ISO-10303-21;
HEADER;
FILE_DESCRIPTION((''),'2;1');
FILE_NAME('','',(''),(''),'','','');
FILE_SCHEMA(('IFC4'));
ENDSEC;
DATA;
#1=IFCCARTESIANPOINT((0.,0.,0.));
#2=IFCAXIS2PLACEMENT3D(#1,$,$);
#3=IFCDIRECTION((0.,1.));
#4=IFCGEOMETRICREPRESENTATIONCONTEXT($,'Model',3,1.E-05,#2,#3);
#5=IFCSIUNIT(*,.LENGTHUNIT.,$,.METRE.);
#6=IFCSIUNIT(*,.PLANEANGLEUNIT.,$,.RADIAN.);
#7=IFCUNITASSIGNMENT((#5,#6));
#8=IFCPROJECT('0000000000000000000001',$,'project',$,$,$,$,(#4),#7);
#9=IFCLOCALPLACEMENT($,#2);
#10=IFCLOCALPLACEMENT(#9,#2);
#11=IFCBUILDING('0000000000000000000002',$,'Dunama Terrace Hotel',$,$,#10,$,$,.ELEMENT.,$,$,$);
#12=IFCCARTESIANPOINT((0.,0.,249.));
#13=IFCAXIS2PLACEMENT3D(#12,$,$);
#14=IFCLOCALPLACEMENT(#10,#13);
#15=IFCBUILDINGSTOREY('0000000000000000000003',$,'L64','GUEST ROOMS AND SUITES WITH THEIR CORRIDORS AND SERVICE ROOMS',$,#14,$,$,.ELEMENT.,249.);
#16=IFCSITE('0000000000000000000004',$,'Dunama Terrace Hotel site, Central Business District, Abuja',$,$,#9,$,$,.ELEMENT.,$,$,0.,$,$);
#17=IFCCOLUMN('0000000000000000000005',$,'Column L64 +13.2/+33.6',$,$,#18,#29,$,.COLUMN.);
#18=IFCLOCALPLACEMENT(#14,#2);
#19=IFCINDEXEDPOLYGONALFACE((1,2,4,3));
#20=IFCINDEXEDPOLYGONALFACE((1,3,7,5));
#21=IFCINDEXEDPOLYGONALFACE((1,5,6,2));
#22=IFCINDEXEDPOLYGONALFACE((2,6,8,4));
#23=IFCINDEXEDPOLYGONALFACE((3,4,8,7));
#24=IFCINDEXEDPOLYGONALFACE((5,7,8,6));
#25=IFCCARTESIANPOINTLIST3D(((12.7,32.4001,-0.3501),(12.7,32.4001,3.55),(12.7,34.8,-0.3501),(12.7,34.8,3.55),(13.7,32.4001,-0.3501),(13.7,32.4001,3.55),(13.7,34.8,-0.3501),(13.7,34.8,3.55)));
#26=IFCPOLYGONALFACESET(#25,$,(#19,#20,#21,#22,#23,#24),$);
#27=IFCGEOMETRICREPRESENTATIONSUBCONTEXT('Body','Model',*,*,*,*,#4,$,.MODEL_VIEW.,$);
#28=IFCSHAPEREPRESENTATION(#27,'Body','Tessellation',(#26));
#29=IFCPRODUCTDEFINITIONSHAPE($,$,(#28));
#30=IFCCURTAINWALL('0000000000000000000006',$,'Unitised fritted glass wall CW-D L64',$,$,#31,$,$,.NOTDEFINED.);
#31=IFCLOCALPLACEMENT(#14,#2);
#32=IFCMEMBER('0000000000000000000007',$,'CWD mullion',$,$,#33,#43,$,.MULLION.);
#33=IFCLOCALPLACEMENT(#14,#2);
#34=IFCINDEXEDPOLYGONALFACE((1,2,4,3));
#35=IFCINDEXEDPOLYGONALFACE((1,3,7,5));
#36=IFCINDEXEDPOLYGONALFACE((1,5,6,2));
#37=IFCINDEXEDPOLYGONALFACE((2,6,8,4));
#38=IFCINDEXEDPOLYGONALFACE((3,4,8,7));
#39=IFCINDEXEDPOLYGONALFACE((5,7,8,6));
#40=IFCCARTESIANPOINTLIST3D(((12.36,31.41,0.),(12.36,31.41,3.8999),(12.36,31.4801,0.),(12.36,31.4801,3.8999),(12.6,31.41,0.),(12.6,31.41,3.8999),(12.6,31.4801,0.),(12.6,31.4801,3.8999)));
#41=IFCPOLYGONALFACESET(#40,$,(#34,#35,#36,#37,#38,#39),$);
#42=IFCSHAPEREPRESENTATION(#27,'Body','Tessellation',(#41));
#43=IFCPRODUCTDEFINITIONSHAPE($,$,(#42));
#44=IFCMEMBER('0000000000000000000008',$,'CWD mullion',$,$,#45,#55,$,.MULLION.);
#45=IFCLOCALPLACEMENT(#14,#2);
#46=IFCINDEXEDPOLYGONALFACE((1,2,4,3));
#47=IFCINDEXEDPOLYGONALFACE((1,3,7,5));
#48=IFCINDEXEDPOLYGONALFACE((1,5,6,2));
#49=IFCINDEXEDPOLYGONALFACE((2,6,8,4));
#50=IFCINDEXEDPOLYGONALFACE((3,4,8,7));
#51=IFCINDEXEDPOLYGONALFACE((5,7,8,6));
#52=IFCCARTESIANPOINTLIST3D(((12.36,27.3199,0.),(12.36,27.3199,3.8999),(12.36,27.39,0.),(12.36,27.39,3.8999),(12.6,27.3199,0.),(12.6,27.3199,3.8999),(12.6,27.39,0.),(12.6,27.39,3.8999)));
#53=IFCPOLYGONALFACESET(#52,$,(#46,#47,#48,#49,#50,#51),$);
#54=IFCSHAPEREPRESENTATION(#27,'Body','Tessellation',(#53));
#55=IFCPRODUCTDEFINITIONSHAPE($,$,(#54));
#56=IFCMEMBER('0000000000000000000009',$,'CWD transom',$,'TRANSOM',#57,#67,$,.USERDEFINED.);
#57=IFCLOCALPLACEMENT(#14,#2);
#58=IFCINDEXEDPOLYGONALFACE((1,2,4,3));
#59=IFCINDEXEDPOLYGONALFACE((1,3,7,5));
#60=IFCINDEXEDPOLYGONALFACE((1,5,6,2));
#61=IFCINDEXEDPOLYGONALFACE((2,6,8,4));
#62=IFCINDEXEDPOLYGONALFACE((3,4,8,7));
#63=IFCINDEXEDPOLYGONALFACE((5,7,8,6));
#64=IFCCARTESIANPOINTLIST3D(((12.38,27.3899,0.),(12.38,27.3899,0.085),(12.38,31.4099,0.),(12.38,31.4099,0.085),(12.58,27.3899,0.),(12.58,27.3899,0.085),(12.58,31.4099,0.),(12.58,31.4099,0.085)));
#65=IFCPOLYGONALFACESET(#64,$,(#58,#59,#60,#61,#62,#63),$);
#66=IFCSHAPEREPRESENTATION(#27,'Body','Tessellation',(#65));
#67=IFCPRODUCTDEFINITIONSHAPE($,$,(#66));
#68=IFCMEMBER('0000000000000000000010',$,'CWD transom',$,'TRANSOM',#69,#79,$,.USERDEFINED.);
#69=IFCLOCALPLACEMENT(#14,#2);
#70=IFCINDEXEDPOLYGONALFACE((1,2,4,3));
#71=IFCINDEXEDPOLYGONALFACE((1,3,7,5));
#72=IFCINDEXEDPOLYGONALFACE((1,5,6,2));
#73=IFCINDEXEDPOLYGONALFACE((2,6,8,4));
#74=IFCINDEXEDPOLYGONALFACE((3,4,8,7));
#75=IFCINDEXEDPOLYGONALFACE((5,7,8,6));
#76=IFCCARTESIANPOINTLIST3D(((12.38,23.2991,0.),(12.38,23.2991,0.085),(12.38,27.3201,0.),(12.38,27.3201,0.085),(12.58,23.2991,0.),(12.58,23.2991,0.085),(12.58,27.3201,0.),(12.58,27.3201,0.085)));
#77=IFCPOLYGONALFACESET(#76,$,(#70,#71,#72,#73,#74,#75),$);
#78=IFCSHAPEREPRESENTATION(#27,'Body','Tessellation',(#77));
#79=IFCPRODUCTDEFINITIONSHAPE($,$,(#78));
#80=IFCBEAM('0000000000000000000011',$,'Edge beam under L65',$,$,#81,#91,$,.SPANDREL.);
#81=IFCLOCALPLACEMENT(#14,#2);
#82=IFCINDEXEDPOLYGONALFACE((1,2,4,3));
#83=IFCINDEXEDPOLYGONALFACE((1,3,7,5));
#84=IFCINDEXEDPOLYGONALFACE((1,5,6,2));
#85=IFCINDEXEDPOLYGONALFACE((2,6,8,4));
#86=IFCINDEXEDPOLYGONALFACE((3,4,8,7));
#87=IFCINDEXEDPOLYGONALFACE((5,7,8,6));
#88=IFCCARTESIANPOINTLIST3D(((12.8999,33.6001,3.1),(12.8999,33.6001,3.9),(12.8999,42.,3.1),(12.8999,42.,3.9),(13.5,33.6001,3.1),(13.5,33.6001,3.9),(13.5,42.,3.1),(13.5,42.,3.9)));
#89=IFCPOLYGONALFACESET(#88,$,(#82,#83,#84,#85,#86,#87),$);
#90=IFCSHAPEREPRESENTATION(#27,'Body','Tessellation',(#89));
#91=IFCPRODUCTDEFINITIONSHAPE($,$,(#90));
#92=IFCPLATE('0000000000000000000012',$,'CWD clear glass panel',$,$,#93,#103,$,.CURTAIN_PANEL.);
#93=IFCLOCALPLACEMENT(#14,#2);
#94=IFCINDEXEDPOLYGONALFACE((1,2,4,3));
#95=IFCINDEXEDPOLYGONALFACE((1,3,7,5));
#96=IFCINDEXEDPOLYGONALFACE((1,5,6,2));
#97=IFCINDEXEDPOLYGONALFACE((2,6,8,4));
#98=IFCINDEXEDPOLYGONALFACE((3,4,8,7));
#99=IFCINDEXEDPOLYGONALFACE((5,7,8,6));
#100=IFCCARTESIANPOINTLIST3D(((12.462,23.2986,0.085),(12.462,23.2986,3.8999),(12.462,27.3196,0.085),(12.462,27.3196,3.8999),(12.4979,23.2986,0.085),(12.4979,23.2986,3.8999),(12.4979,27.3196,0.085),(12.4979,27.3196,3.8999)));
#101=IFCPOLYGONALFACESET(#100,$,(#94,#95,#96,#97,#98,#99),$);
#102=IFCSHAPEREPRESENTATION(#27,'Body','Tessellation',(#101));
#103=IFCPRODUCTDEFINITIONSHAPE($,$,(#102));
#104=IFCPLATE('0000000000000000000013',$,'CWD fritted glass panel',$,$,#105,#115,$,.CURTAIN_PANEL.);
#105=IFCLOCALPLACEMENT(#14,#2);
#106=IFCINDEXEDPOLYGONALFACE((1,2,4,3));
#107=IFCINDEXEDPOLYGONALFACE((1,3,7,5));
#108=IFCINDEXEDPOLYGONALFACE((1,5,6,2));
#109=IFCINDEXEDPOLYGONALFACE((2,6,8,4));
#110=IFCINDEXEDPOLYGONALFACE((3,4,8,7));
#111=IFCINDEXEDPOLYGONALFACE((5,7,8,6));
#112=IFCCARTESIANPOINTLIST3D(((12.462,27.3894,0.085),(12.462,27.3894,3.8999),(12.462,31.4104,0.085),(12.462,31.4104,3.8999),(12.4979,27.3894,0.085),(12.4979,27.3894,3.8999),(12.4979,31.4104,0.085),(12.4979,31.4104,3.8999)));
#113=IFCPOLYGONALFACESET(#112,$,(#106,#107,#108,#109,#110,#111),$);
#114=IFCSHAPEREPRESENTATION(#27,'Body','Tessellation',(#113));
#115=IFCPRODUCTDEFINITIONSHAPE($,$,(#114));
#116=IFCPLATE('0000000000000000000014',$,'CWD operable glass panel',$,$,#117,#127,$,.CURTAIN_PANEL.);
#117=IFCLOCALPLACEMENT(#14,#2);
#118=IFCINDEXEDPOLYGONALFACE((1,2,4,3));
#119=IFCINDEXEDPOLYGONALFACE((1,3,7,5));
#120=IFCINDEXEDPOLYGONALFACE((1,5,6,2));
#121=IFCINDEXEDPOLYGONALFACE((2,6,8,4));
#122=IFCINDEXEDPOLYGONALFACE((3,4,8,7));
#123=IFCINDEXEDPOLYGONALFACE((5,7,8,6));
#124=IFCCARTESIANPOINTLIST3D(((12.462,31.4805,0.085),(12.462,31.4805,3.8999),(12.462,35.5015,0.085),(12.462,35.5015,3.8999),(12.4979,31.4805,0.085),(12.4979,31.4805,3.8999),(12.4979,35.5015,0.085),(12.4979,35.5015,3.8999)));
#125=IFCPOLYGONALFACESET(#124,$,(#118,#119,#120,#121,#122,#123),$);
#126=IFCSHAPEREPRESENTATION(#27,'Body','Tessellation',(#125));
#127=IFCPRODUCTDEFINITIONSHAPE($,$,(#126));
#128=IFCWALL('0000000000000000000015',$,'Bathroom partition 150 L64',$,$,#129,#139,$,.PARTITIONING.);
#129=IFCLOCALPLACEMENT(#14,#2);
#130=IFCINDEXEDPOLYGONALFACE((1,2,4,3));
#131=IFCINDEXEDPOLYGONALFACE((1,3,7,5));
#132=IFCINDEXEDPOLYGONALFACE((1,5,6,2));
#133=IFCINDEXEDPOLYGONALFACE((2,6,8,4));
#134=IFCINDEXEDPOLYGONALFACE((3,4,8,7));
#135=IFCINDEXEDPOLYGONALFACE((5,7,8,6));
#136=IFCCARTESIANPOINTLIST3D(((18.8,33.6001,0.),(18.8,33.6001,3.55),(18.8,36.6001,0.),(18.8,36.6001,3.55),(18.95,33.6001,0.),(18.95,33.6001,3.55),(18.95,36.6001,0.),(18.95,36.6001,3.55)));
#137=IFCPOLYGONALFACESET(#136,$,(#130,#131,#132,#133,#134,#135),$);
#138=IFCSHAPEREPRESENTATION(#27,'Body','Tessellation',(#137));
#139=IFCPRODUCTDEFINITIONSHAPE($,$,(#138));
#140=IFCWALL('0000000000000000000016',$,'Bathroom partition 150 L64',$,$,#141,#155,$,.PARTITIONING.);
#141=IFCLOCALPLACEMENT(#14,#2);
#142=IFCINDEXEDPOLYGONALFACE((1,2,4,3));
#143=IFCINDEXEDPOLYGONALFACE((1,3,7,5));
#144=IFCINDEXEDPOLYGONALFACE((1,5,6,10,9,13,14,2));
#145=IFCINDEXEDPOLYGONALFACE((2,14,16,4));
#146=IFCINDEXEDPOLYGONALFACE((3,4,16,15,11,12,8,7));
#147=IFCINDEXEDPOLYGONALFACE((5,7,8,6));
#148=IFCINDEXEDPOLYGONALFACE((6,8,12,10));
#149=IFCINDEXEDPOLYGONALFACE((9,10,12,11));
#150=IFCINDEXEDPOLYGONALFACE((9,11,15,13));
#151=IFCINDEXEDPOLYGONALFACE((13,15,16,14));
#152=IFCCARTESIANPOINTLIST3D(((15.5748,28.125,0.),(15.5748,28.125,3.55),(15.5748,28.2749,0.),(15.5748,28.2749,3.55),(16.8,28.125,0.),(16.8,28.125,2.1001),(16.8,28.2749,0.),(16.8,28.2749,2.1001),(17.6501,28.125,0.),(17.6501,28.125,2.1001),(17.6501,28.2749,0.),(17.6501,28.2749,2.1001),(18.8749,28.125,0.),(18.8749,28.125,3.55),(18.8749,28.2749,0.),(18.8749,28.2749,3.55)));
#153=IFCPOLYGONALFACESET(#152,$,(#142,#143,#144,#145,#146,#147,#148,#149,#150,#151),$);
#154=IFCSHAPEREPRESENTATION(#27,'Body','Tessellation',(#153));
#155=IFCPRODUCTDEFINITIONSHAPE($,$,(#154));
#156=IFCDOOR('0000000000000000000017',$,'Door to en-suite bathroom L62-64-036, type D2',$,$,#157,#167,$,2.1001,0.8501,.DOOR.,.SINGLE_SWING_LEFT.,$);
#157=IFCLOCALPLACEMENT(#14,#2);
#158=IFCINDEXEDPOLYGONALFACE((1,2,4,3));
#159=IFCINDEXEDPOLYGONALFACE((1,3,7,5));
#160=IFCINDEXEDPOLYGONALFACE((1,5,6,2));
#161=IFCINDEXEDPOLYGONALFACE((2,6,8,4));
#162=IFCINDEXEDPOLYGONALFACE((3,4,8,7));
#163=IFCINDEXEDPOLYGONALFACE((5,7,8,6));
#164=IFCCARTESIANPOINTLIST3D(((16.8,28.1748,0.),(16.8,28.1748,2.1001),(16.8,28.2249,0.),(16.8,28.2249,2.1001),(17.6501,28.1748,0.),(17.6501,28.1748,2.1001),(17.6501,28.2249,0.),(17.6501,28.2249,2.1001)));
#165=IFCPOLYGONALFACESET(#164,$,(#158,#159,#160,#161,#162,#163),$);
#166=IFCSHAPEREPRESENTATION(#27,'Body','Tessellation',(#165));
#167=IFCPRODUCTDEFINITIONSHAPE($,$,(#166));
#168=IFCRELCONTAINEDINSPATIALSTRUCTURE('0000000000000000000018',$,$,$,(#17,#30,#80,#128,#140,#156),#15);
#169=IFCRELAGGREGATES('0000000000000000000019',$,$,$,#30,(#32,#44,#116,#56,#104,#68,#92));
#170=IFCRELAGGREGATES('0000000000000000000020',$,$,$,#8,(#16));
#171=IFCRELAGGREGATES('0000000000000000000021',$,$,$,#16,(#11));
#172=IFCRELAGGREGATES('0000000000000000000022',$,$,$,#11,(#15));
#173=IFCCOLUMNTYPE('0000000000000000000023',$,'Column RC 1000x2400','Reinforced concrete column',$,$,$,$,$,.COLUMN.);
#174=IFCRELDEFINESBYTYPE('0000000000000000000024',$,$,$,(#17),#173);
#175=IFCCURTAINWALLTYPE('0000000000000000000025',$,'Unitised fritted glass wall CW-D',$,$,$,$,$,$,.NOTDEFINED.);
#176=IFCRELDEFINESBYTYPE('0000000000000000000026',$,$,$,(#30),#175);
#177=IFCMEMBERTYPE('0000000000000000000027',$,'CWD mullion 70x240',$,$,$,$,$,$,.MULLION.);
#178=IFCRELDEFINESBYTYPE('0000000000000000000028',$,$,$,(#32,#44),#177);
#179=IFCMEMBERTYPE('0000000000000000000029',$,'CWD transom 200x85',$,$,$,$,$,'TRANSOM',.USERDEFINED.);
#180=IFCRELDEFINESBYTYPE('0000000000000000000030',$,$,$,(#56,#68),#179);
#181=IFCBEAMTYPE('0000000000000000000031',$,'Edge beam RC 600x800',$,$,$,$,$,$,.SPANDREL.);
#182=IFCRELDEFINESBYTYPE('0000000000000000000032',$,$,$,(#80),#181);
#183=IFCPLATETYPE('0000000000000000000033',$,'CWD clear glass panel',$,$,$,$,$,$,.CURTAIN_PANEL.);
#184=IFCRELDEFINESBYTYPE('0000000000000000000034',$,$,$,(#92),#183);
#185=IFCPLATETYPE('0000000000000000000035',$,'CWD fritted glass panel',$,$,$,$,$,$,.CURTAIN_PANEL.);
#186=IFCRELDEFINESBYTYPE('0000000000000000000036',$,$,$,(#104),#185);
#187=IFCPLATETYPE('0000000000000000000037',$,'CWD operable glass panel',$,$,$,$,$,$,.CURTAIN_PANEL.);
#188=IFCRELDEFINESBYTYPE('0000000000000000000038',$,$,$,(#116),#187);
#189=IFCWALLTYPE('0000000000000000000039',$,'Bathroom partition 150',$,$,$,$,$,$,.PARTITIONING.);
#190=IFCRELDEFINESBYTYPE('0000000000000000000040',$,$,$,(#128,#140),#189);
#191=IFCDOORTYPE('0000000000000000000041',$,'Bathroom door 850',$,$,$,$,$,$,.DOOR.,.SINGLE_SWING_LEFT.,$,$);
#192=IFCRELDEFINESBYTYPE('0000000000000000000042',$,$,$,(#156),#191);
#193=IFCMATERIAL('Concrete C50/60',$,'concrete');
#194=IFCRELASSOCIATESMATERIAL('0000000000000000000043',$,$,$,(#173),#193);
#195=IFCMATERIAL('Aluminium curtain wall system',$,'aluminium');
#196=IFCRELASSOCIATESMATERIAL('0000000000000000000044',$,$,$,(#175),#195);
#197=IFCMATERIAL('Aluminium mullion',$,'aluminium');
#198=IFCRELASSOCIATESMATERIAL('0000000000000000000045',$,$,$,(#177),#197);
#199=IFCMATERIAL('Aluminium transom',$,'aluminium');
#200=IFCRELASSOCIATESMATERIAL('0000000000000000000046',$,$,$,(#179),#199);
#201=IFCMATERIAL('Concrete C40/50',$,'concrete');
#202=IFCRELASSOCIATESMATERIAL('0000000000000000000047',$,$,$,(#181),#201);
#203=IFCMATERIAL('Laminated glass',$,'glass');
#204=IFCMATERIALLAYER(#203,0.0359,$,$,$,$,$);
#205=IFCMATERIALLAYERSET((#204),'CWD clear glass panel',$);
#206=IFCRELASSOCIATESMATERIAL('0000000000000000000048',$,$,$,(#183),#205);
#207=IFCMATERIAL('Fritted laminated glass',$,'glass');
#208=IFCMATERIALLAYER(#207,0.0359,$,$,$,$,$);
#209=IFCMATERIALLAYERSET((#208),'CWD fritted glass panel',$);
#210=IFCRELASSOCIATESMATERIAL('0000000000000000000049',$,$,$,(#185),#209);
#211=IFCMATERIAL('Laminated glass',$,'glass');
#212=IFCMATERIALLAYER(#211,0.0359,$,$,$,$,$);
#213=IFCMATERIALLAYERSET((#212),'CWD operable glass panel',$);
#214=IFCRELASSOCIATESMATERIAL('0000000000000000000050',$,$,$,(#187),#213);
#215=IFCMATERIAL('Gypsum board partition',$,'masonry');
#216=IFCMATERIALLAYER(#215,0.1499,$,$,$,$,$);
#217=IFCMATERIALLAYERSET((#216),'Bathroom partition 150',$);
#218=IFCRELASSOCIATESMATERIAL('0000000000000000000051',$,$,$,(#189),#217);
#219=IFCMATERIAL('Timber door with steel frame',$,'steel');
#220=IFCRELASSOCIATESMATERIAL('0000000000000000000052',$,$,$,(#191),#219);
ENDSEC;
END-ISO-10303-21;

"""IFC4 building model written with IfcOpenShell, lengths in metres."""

from ifc_helpers import new_model, si_unit, direction, frame, frame_2d, origin, origin_2d, place, context, subcontext, project, spatial, rectangle, extrude, material, layer, layer_set, material_profile, profile_set, type_object, element, fill, aggregate, save


model = new_model("IFC4")

# Units and contexts
model_context = context("Model", 3, precision=1e-05, world=origin(), true_north=direction((0.0, 1.0)))
body_context = subcontext(model_context, "Body", "Model", "MODEL_VIEW")
ifc_project = project(units=[si_unit("LENGTHUNIT", "METRE"), si_unit("PLANEANGLEUNIT", "RADIAN")], contexts=[model_context])

# Site, building, storey
site_placement = place(None, origin())
site = spatial("IfcSite", under=ifc_project, at=site_placement, Name="Dunama Terrace Hotel site, Central Business District, Abuja", CompositionType="ELEMENT", RefElevation=0.0)
building_placement = place(site_placement, origin())
building = spatial("IfcBuilding", under=site, at=building_placement, Name="Dunama Terrace Hotel", CompositionType="ELEMENT")
storey_placement = place(building_placement, frame((0.0, 0.0, 249.0)))
storey = spatial("IfcBuildingStorey", under=building, at=storey_placement, Name="L64", Description="GUEST ROOMS AND SUITES WITH THEIR CORRIDORS AND SERVICE ROOMS", CompositionType="ELEMENT", Elevation=249.0)

# Column
ifc_material_1 = material(Name="Concrete C50/60", Category="concrete")
ifc_material_profile_1 = material_profile(ifc_material_1, rectangle(XDim=1.0, YDim=2.3999, at=origin_2d()), Name="RC 1000x2400")
ifc_profile_set_1 = profile_set([ifc_material_profile_1], Name="Concrete C50/60")
column_type = type_object("IfcColumnType", Name="Column RC 1000x2400", Description="Reinforced concrete column", PredefinedType="COLUMN", material=ifc_profile_set_1)
column_placement = place(storey_placement, frame((13.2, 33.6001, -0.3501), z_axis=(0.0, 0.0, 1.0), x_axis=(1.0, 0.0, 0.0)))
element("IfcColumn", 1, at=column_placement, inside=storey, type_object=column_type, Name="Column L64 +13.2/+33.6", PredefinedType="COLUMN", context=body_context, shape_type="SweptSolid", body=[
    extrude(rectangle(XDim=1.0, YDim=2.3999, at=origin_2d()), origin(), (0.0, 0.0, 1.0), 3.9001),
])

# Curtain wall, members
ifc_material_2 = material(Name="Aluminium curtain wall system", Category="aluminium")
curtain_wall_type = type_object("IfcCurtainWallType", Name="Unitised fritted glass wall CW-D", PredefinedType="NOTDEFINED", material=ifc_material_2)
curtain_wall_placement = place(storey_placement, origin())
curtain_wall = element("IfcCurtainWall", 2, at=curtain_wall_placement, inside=storey, type_object=curtain_wall_type, Name="Unitised fritted glass wall CW-D L64", PredefinedType="NOTDEFINED")
ifc_material_3 = material(Name="Aluminium mullion", Category="aluminium")
ifc_material_profile_2 = material_profile(ifc_material_3, rectangle(XDim=0.0701, YDim=0.24, at=origin_2d()), Name="CWD MULLION 70X240")
ifc_profile_set_2 = profile_set([ifc_material_profile_2], Name="Aluminium mullion")
member_type_1 = type_object("IfcMemberType", Name="CWD mullion 70x240", PredefinedType="MULLION", material=ifc_profile_set_2)
member_1_placement = place(storey_placement, frame((12.48, 31.4451, 0.0), z_axis=(0.0, 0.0, 1.0), x_axis=(0.0, -1.0, 0.0)))
member_1 = element("IfcMember", 3, at=member_1_placement, type_object=member_type_1, Name="CWD mullion", PredefinedType="MULLION", context=body_context, shape_type="SweptSolid", body=[
    extrude(rectangle(XDim=0.0701, YDim=0.24, at=origin_2d()), origin(), (0.0, 0.0, 1.0), 3.8999),
])
member_2_placement = place(storey_placement, frame((12.48, 27.355, 0.0), z_axis=(0.0, 0.0, 1.0), x_axis=(0.0, -1.0, 0.0)))
member_2 = element("IfcMember", 4, at=member_2_placement, type_object=member_type_1, Name="CWD mullion", PredefinedType="MULLION", context=body_context, shape_type="SweptSolid", body=[
    extrude(rectangle(XDim=0.0701, YDim=0.24, at=origin_2d()), origin(), (0.0, 0.0, 1.0), 3.8999),
])
ifc_material_4 = material(Name="Aluminium transom", Category="aluminium")
ifc_material_profile_3 = material_profile(ifc_material_4, rectangle(XDim=0.2, YDim=0.085, at=origin_2d()), Name="CWD TRANSOM 200X85")
ifc_profile_set_3 = profile_set([ifc_material_profile_3], Name="Aluminium transom")
member_type_2 = type_object("IfcMemberType", Name="CWD transom 200x85", ElementType="TRANSOM", PredefinedType="USERDEFINED", material=ifc_profile_set_3)
member_3_placement = place(storey_placement, frame((12.48, 31.4099, 0.0425), z_axis=(0.0, -1.0, 0.0), x_axis=(1.0, 0.0, 0.0)))
member_3 = element("IfcMember", 5, at=member_3_placement, type_object=member_type_2, Name="CWD transom", ObjectType="TRANSOM", PredefinedType="USERDEFINED", context=body_context, shape_type="SweptSolid", body=[
    extrude(rectangle(XDim=0.2, YDim=0.085, at=origin_2d()), origin(), (0.0, 0.0, 1.0), 4.02),
])
member_4_placement = place(storey_placement, frame((12.48, 27.3201, 0.0425), z_axis=(0.0, -1.0, 0.0), x_axis=(1.0, 0.0, 0.0)))
member_4 = element("IfcMember", 6, at=member_4_placement, type_object=member_type_2, Name="CWD transom", ObjectType="TRANSOM", PredefinedType="USERDEFINED", context=body_context, shape_type="SweptSolid", body=[
    extrude(rectangle(XDim=0.2, YDim=0.085, at=origin_2d()), origin(), (0.0, 0.0, 1.0), 4.021),
])

# Beam
ifc_material_5 = material(Name="Concrete C40/50", Category="concrete")
ifc_material_profile_4 = material_profile(ifc_material_5, rectangle(XDim=0.6001, YDim=0.8, at=origin_2d()), Name="RC 600x800")
ifc_profile_set_4 = profile_set([ifc_material_profile_4], Name="Concrete C40/50")
beam_type = type_object("IfcBeamType", Name="Edge beam RC 600x800", PredefinedType="SPANDREL", material=ifc_profile_set_4)
beam_placement = place(storey_placement, frame((13.2, 33.6001, 3.5), z_axis=(0.0, 1.0, 0.0), x_axis=(-1.0, 0.0, 0.0)))
element("IfcBeam", 7, at=beam_placement, inside=storey, type_object=beam_type, Name="Edge beam under L65", PredefinedType="SPANDREL", context=body_context, shape_type="SweptSolid", body=[
    extrude(rectangle(XDim=0.6001, YDim=0.8, at=origin_2d()), origin(), (0.0, 0.0, 1.0), 8.3999),
])

# Plates
ifc_material_6 = material(Name="Laminated glass", Category="glass")
ifc_layer_1 = layer(ifc_material_6, 0.0359)
ifc_layer_set_1 = layer_set([ifc_layer_1], Name="CWD clear glass panel")
plate_type_1 = type_object("IfcPlateType", Name="CWD clear glass panel", PredefinedType="CURTAIN_PANEL", material=ifc_layer_set_1)
plate_1_placement = place(storey_placement, frame((12.48, 25.3091, 0.085), z_axis=(0.0, 0.0, 1.0), x_axis=(0.0, -1.0, 0.0)))
plate_1 = element("IfcPlate", 8, at=plate_1_placement, type_object=plate_type_1, Name="CWD clear glass panel", PredefinedType="CURTAIN_PANEL", context=body_context, shape_type="SweptSolid", body=[
    extrude(rectangle(XDim=4.021, YDim=0.0359, at=origin_2d()), origin(), (0.0, 0.0, 1.0), 3.8149),
])
ifc_material_7 = material(Name="Fritted laminated glass", Category="glass")
ifc_layer_2 = layer(ifc_material_7, 0.0359)
ifc_layer_set_2 = layer_set([ifc_layer_2], Name="CWD fritted glass panel")
plate_type_2 = type_object("IfcPlateType", Name="CWD fritted glass panel", PredefinedType="CURTAIN_PANEL", material=ifc_layer_set_2)
plate_2_placement = place(storey_placement, frame((12.48, 29.3999, 0.085), z_axis=(0.0, 0.0, 1.0), x_axis=(0.0, -1.0, 0.0)))
plate_2 = element("IfcPlate", 9, at=plate_2_placement, type_object=plate_type_2, Name="CWD fritted glass panel", PredefinedType="CURTAIN_PANEL", context=body_context, shape_type="SweptSolid", body=[
    extrude(rectangle(XDim=4.021, YDim=0.0359, at=origin_2d()), origin(), (0.0, 0.0, 1.0), 3.8149),
])
ifc_material_8 = material(Name="Laminated glass", Category="glass")
ifc_layer_3 = layer(ifc_material_8, 0.0359)
ifc_layer_set_3 = layer_set([ifc_layer_3], Name="CWD operable glass panel")
plate_type_3 = type_object("IfcPlateType", Name="CWD operable glass panel", PredefinedType="CURTAIN_PANEL", material=ifc_layer_set_3)
plate_3_placement = place(storey_placement, frame((12.48, 33.491, 0.085), z_axis=(0.0, 0.0, 1.0), x_axis=(0.0, -1.0, 0.0)))
plate_3 = element("IfcPlate", 10, at=plate_3_placement, type_object=plate_type_3, Name="CWD operable glass panel", PredefinedType="CURTAIN_PANEL", context=body_context, shape_type="SweptSolid", body=[
    extrude(rectangle(XDim=4.021, YDim=0.0359, at=origin_2d()), origin(), (0.0, 0.0, 1.0), 3.8149),
])
aggregate(curtain_wall, [member_1, member_2, plate_3, member_3, plate_2, member_4, plate_1])

# Wall
ifc_material_9 = material(Name="Gypsum board partition", Category="masonry")
ifc_layer_4 = layer(ifc_material_9, 0.1499)
ifc_layer_set_4 = layer_set([ifc_layer_4], Name="Bathroom partition 150")
wall_type_1 = type_object("IfcWallType", Name="Bathroom partition 150", PredefinedType="PARTITIONING", material=ifc_layer_set_4)
wall_1_placement = place(storey_placement, frame((18.875, 33.6001, 0.0), z_axis=(0.0, 0.0, 1.0), x_axis=(0.0, 1.0, 0.0)))
element("IfcWall", 11, at=wall_1_placement, inside=storey, type_object=wall_type_1, Name="Bathroom partition 150 L64", PredefinedType="PARTITIONING", context=body_context, shape_type="SweptSolid", body=[
    extrude(rectangle(XDim=3.0, YDim=0.1499, at=frame_2d((1.5, 0.0))), origin(), (0.0, 0.0, 1.0), 3.55),
])

# Wall, opening, door
wall_2_placement = place(storey_placement, frame((15.575, 28.2, 0.0), z_axis=(0.0, 0.0, 1.0), x_axis=(1.0, 0.0, 0.0)))
wall_2 = element("IfcWall", 12, at=wall_2_placement, inside=storey, type_object=wall_type_1, Name="Bathroom partition 150 L64", PredefinedType="PARTITIONING", context=body_context, shape_type="SweptSolid", body=[
    extrude(rectangle(XDim=3.3, YDim=0.1499, at=frame_2d((1.6499, 0.0))), origin(), (0.0, 0.0, 1.0), 3.55),
])
opening_1_placement = place(wall_2_placement, frame((1.2251, 0.0, 0.0)))
opening_1 = element("IfcOpeningElement", 13, at=opening_1_placement, cuts=wall_2, PredefinedType="OPENING", context=body_context, shape_type="SweptSolid", body=[
    extrude(rectangle(XDim=0.8501, YDim=2.1001, at=frame_2d((0.425, 1.05))), frame((0.0, 0.085, 0.0), z_axis=(0.0, -1.0, 0.0), x_axis=(1.0, 0.0, 0.0)), (0.0, 0.0, 1.0), 0.1699),
])
ifc_material_10 = material(Name="Timber door with steel frame", Category="steel")
door_type_1 = type_object("IfcDoorType", Name="Bathroom door 850", OperationType="SINGLE_SWING_LEFT", PredefinedType="DOOR", material=ifc_material_10)
door_1_placement = place(opening_1_placement, frame((0.8501, 0.0, 0.0), z_axis=(0.0, 0.0, 1.0), x_axis=(-1.0, 0.0, 0.0)))
door_1 = element("IfcDoor", 14, at=door_1_placement, inside=storey, type_object=door_type_1, Name="Door to en-suite bathroom L62-64-036, type D2", OperationType="SINGLE_SWING_LEFT", OverallHeight=2.1001, OverallWidth=0.8501, PredefinedType="DOOR", context=body_context, shape_type="SweptSolid", body=[
    extrude(rectangle(XDim=0.8501, YDim=2.1001, at=frame_2d((0.425, 1.05))), frame((0.0, 0.0251, 0.0), z_axis=(0.0, -1.0, 0.0), x_axis=(1.0, 0.0, 0.0)), (0.0, 0.0, 1.0), 0.05),
])
fill(opening_1, door_1)

save(model, "model.ifc")
